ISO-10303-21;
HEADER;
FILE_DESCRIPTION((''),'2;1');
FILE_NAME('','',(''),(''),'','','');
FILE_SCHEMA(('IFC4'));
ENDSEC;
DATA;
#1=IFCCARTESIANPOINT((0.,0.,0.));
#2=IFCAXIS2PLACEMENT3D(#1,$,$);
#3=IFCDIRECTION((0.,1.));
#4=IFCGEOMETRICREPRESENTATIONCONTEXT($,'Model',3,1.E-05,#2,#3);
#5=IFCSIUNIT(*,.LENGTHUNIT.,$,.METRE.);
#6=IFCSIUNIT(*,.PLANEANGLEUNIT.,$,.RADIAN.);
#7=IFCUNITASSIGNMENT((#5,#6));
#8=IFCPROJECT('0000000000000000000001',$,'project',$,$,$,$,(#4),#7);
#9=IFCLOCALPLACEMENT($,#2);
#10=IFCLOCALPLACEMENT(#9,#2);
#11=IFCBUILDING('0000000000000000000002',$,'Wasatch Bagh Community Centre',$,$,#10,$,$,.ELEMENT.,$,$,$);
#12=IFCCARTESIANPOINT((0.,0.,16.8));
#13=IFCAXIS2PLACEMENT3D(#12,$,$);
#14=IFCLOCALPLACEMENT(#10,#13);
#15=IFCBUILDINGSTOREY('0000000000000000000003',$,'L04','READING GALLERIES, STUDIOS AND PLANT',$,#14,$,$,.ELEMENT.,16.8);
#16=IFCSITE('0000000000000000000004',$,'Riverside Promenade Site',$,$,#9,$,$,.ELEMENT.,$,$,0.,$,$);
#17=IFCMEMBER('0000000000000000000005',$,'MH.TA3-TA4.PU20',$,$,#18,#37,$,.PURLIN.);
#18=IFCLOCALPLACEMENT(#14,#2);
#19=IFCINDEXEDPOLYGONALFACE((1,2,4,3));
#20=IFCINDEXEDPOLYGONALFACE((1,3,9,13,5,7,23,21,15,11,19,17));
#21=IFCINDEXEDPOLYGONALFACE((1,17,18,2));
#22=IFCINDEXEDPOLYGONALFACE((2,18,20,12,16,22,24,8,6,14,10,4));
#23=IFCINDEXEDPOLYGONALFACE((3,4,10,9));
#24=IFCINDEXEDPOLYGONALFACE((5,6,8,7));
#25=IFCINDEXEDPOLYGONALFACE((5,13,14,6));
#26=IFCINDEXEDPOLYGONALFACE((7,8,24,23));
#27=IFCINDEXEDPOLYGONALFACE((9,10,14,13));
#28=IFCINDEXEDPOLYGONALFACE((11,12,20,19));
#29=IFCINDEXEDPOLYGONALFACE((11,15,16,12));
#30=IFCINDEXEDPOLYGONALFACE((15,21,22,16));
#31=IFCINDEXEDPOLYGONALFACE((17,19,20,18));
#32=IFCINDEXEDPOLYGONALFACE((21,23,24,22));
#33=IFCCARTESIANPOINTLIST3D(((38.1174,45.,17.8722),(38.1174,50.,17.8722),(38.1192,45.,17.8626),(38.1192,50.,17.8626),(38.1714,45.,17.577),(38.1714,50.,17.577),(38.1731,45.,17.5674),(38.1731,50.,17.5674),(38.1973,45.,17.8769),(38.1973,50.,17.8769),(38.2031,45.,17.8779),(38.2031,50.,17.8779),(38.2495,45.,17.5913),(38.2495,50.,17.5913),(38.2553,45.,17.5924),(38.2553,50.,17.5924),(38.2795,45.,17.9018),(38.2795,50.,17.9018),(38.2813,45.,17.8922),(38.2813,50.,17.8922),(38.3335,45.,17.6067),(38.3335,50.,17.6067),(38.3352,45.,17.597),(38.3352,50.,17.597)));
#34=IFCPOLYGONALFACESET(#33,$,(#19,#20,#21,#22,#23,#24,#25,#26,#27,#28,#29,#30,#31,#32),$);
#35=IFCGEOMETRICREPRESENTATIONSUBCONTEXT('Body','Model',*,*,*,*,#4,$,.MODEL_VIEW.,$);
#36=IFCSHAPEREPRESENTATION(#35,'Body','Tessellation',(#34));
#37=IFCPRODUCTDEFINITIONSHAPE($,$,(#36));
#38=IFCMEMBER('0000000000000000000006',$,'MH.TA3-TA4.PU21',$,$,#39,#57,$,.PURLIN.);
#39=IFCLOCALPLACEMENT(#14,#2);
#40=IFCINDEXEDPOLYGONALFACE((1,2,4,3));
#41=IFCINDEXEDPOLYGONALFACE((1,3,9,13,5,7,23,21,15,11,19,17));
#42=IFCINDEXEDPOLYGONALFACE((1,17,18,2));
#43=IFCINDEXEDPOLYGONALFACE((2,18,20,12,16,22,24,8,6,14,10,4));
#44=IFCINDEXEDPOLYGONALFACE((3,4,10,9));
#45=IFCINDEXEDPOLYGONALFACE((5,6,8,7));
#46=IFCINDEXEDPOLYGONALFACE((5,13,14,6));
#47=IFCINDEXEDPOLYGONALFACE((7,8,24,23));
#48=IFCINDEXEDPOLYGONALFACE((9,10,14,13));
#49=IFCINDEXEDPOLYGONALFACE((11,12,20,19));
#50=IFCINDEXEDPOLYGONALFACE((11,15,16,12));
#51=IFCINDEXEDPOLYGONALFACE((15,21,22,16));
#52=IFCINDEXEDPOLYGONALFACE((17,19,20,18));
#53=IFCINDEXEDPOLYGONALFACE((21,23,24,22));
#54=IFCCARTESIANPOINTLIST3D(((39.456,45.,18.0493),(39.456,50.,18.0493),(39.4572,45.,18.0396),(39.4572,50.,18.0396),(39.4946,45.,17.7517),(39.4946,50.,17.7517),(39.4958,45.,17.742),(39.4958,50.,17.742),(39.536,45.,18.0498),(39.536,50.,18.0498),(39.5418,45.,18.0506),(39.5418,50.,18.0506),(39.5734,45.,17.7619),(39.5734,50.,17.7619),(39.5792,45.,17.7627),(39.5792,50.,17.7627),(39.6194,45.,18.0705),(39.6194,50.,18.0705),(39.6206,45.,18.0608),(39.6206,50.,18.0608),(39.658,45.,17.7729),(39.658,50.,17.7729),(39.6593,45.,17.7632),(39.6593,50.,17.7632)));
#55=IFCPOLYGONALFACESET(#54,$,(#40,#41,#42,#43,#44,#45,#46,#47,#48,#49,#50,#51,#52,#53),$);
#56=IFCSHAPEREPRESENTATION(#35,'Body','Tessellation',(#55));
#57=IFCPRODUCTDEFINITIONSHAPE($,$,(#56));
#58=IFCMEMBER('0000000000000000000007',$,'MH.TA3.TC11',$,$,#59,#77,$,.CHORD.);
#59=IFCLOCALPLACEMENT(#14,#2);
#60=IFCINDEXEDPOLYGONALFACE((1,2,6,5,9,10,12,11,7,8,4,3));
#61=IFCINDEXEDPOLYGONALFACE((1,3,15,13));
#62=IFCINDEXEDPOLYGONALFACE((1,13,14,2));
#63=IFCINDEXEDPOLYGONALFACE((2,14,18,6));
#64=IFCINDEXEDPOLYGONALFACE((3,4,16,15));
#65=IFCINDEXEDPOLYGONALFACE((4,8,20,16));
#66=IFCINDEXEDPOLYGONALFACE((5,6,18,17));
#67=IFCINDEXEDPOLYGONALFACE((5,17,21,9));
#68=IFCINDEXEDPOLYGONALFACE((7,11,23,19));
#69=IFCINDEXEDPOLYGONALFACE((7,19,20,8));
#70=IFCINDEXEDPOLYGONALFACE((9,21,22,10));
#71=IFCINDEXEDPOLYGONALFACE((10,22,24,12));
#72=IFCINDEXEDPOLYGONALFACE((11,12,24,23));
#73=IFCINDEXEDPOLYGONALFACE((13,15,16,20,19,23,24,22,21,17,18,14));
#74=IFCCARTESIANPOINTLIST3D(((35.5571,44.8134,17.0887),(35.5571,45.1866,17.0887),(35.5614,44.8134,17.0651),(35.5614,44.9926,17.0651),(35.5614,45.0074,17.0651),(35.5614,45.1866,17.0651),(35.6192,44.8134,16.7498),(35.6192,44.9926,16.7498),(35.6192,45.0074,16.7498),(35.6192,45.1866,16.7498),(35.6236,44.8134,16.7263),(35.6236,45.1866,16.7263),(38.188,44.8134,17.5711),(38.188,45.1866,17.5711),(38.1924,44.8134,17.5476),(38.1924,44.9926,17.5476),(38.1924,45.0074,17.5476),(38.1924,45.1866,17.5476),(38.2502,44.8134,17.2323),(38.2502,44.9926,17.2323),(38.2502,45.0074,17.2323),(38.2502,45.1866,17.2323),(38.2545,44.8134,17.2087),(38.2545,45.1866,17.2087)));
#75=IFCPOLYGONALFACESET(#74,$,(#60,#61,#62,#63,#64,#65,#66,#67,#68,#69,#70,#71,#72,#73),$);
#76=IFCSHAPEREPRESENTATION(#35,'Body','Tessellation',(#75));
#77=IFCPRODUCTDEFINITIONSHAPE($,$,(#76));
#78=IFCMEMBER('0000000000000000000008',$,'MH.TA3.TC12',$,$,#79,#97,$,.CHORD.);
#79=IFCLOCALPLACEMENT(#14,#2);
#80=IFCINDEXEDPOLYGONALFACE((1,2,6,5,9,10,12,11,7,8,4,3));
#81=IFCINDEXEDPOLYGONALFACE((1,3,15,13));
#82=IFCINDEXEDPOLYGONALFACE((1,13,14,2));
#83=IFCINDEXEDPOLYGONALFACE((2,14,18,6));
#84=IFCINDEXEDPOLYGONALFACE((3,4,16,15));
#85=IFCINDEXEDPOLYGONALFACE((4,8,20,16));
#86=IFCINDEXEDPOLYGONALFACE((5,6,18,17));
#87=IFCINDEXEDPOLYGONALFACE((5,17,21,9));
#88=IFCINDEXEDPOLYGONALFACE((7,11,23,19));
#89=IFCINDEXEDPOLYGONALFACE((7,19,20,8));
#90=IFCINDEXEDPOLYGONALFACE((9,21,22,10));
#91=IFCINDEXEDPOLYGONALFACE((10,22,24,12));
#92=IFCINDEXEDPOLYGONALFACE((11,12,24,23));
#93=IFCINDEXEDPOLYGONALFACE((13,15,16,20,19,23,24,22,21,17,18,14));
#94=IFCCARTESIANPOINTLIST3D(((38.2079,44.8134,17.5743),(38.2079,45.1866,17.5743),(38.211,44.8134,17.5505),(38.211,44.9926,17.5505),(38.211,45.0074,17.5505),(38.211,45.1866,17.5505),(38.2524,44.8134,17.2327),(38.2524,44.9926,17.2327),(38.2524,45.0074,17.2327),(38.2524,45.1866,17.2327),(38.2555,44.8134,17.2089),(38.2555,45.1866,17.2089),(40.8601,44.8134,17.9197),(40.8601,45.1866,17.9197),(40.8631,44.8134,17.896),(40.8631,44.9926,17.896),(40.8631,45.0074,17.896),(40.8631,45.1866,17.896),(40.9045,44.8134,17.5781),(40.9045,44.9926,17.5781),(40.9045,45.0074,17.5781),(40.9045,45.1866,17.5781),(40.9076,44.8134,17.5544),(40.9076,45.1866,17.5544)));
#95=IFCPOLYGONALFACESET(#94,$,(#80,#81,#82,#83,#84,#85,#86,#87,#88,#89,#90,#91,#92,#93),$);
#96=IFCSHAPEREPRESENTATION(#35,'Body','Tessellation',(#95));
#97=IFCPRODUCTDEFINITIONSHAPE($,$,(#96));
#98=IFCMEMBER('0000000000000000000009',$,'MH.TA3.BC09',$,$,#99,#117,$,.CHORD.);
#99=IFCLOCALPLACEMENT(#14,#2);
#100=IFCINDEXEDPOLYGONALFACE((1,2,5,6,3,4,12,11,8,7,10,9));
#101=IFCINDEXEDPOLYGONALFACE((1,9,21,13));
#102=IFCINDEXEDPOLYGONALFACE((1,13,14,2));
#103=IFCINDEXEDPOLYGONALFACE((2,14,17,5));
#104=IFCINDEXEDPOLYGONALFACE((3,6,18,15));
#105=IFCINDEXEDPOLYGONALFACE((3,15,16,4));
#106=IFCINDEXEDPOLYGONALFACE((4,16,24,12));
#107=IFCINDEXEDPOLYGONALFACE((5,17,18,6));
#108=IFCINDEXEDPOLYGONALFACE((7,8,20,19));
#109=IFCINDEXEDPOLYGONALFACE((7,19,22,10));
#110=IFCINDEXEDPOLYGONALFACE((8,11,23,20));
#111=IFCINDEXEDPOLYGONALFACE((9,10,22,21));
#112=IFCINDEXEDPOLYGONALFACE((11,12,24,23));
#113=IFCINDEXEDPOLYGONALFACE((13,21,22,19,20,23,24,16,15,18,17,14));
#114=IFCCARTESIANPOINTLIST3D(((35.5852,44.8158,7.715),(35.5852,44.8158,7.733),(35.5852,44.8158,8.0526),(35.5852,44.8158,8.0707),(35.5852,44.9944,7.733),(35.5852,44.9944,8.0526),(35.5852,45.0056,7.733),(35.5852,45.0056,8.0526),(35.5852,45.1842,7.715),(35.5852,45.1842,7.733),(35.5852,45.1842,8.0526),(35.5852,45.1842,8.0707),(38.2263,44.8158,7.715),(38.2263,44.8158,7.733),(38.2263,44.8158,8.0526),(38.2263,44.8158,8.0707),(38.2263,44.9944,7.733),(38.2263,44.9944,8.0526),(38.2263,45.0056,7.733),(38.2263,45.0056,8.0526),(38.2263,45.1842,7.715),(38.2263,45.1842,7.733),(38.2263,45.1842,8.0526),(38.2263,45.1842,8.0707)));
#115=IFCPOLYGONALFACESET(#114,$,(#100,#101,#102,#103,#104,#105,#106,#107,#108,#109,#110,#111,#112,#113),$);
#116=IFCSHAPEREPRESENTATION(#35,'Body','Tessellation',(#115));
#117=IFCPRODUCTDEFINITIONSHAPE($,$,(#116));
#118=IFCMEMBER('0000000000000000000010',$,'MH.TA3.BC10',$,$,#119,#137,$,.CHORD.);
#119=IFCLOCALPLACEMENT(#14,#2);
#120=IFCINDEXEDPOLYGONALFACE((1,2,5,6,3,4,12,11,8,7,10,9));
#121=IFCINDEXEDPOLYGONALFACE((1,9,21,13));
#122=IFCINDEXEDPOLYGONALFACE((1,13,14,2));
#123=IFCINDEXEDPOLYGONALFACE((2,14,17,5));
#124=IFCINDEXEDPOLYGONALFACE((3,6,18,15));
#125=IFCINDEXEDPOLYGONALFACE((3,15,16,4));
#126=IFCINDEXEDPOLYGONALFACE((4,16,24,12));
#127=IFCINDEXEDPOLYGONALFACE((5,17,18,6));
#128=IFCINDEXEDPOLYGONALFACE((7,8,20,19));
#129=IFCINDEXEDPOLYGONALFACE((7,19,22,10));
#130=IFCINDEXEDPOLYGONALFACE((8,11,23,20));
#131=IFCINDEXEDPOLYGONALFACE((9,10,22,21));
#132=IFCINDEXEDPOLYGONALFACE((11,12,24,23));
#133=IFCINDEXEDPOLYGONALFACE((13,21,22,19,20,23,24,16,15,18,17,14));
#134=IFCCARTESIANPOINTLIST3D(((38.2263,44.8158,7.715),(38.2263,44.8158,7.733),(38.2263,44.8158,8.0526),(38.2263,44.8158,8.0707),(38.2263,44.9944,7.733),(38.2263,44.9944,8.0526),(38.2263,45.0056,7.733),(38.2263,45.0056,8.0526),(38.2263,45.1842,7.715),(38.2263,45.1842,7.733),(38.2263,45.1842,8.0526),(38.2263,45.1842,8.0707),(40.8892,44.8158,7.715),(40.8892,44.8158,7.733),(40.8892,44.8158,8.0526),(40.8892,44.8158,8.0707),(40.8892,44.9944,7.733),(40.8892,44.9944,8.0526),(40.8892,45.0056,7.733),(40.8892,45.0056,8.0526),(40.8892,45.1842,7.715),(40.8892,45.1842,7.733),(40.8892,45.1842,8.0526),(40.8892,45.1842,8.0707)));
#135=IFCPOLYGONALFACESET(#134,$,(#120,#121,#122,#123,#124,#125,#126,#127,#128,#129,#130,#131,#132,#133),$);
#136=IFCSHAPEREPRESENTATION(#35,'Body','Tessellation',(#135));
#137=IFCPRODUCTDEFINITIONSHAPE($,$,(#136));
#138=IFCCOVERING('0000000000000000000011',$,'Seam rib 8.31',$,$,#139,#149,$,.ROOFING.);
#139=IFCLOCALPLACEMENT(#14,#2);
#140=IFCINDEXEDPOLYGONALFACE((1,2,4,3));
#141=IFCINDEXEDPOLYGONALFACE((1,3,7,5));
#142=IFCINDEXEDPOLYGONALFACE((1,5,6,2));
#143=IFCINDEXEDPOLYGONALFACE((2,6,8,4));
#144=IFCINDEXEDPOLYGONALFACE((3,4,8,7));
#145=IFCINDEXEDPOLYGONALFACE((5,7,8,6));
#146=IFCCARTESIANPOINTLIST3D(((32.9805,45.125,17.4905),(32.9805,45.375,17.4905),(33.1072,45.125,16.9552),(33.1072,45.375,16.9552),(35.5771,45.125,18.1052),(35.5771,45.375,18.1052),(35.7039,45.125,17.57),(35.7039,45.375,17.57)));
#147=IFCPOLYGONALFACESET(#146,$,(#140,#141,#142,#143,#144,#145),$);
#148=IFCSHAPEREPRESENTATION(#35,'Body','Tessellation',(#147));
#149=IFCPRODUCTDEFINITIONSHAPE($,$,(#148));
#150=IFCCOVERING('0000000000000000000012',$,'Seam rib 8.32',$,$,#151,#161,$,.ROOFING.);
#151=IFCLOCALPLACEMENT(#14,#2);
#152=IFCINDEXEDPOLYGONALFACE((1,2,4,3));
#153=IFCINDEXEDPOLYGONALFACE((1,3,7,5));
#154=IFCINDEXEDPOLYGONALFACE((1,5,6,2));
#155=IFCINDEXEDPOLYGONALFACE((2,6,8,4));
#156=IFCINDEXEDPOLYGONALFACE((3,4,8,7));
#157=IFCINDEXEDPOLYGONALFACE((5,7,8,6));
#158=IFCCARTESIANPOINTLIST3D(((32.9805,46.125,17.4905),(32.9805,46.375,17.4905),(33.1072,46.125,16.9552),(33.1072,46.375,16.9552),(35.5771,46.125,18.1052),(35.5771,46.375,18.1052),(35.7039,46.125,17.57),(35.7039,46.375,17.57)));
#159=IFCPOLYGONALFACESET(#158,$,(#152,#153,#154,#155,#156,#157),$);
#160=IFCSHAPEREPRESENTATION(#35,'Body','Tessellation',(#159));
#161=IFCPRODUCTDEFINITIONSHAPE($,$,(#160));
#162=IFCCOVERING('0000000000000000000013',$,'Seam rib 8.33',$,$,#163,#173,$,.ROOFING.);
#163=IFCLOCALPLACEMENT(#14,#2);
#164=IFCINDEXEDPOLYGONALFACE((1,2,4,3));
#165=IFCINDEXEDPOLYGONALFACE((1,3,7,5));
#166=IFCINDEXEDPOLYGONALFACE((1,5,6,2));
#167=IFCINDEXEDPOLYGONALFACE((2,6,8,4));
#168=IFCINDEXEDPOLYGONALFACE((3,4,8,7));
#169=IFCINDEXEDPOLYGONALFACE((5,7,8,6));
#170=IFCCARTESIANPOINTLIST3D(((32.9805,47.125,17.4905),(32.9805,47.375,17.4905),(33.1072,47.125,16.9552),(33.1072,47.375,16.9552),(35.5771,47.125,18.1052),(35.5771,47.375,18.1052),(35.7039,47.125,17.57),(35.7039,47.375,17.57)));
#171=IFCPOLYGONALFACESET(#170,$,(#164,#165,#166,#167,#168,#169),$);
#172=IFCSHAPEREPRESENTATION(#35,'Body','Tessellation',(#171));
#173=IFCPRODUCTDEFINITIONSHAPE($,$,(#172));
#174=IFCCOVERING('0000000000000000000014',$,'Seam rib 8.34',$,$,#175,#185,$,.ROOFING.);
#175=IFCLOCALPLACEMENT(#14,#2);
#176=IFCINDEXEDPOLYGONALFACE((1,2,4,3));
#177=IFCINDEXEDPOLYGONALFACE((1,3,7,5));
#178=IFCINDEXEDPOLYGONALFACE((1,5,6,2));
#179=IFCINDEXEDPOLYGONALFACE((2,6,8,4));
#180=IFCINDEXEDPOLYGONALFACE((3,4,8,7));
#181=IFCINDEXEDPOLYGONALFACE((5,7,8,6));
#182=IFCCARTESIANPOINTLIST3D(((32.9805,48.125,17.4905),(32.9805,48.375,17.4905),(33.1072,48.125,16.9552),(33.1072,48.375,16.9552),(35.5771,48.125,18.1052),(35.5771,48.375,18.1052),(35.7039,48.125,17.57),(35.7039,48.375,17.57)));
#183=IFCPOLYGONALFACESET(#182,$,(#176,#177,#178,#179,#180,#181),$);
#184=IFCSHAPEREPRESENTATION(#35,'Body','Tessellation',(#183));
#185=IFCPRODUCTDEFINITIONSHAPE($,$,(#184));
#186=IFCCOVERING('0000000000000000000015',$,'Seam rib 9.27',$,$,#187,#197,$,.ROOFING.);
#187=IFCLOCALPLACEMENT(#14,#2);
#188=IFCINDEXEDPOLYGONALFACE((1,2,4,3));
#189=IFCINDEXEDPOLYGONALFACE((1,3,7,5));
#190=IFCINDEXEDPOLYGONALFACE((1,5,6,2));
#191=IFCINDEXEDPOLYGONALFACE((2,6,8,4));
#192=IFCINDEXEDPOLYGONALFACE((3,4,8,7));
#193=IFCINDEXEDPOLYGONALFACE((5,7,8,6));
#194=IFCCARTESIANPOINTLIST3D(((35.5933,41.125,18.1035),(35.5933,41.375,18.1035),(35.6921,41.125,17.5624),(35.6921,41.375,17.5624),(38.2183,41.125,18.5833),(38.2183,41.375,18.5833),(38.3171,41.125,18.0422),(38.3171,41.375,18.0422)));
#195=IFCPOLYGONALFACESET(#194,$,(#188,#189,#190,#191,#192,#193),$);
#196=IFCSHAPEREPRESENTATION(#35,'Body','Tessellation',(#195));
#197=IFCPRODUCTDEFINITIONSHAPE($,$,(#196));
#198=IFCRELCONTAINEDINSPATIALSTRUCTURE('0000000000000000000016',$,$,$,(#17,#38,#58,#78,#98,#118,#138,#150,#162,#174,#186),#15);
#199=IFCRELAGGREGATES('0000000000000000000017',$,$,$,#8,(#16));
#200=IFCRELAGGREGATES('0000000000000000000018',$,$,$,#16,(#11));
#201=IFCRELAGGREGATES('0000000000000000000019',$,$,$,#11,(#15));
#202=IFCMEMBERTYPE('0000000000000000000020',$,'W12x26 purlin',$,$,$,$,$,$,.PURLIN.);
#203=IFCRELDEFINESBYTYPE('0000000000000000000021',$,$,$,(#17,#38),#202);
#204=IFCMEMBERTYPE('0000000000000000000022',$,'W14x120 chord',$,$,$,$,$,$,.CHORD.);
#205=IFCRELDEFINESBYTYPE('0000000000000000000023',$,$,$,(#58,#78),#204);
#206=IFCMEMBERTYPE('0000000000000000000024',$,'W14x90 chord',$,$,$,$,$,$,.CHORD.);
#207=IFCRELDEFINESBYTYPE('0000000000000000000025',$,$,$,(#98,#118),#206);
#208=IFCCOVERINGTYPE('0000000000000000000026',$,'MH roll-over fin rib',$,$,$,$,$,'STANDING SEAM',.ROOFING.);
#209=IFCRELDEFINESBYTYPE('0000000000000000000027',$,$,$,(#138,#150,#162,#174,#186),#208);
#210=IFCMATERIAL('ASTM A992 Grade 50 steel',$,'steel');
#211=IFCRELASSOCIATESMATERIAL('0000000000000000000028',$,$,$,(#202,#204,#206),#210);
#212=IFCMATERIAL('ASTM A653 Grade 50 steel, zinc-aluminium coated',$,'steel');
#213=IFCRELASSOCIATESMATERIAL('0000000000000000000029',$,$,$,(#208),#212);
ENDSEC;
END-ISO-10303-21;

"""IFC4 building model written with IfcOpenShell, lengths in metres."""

from ifc_helpers import new_model, si_unit, direction, frame, origin, origin_2d, place, context, subcontext, project, spatial, polyline, i_section, outline, extrude, material, material_profile, profile_set, type_object, element, save


model = new_model("IFC4")

# Units and contexts
model_context = context("Model", 3, precision=1e-05, world=origin(), true_north=direction((0.0, 1.0)))
body_context = subcontext(model_context, "Body", "Model", "MODEL_VIEW")
ifc_project = project(units=[si_unit("LENGTHUNIT", "METRE"), si_unit("PLANEANGLEUNIT", "RADIAN")], contexts=[model_context])

# Site, building, storey
site_placement = place(None, origin())
site = spatial("IfcSite", under=ifc_project, at=site_placement, Name="Riverside Promenade Site", CompositionType="ELEMENT", RefElevation=0.0)
building_placement = place(site_placement, origin())
building = spatial("IfcBuilding", under=site, at=building_placement, Name="Wasatch Bagh Community Centre", CompositionType="ELEMENT")
storey_placement = place(building_placement, frame((0.0, 0.0, 16.8)))
storey = spatial("IfcBuildingStorey", under=building, at=storey_placement, Name="L04", Description="READING GALLERIES, STUDIOS AND PLANT", CompositionType="ELEMENT", Elevation=16.8)

# Members
ifc_material_1 = material(Name="ASTM A992 Grade 50 steel", Category="steel")
ifc_material_profile_1 = material_profile(ifc_material_1, i_section(OverallWidth=0.1648, OverallDepth=0.3098, WebThickness=0.0059, FlangeThickness=0.0098, at=origin_2d()), Name="W12x26")
ifc_profile_set_1 = profile_set([ifc_material_profile_1], Name="ASTM A992 Grade 50 steel")
member_type_1 = type_object("IfcMemberType", Name="W12x26 purlin", PredefinedType="PURLIN", material=ifc_profile_set_1)
for number, where, z_axis, x_axis, name in (
    (1, (38.2263, 45.0, 17.7346), (0.0, 1.0, 0.0), (-0.983711, 0.0, -0.179756), "MH.TA3-TA4.PU20"),
    (2, (39.5576, 45.0, 17.9062), (0.0, 1.0, 0.0), (-0.991678, 0.0, -0.12874), "MH.TA3-TA4.PU21"),
):
    element("IfcMember", number, at=place(storey_placement, frame(where, z_axis=z_axis, x_axis=x_axis)), inside=storey, type_object=member_type_1, Name=name, PredefinedType="PURLIN", context=body_context, shape_type="SweptSolid", body=[
        extrude(i_section(OverallWidth=0.1648, OverallDepth=0.3098, WebThickness=0.0059, FlangeThickness=0.0098, at=origin_2d()), origin(), (0.0, 0.0, 1.0), 5.0),
    ])
ifc_material_profile_2 = material_profile(ifc_material_1, i_section(OverallWidth=0.3733, OverallDepth=0.3684, WebThickness=0.0149, FlangeThickness=0.0239, at=origin_2d()), Name="W14x120")
ifc_profile_set_2 = profile_set([ifc_material_profile_2], Name="ASTM A992 Grade 50 steel")
member_type_2 = type_object("IfcMemberType", Name="W14x120 chord", PredefinedType="CHORD", material=ifc_profile_set_2)
member_1_placement = place(storey_placement, frame((35.5903, 45.0, 16.9075), z_axis=(0.9836, 0.0, 0.180363), x_axis=(0.0, 1.0, 0.0)))
element("IfcMember", 3, at=member_1_placement, inside=storey, type_object=member_type_2, Name="MH.TA3.TC11", PredefinedType="CHORD", context=body_context, shape_type="SweptSolid", body=[
    extrude(i_section(OverallWidth=0.3733, OverallDepth=0.3684, WebThickness=0.0149, FlangeThickness=0.0239, at=origin_2d()), origin(), (0.0, 0.0, 1.0), 2.6748),
])
member_2_placement = place(storey_placement, frame((38.2317, 45.0, 17.3916), z_axis=(0.991623, 0.0, 0.129167), x_axis=(0.0, 1.0, 0.0)))
element("IfcMember", 4, at=member_2_placement, inside=storey, type_object=member_type_2, Name="MH.TA3.TC12", PredefinedType="CHORD", context=body_context, shape_type="SweptSolid", body=[
    extrude(i_section(OverallWidth=0.3733, OverallDepth=0.3684, WebThickness=0.0149, FlangeThickness=0.0239, at=origin_2d()), origin(), (0.0, 0.0, 1.0), 2.6746),
])
ifc_material_profile_3 = material_profile(ifc_material_1, i_section(OverallWidth=0.3684, OverallDepth=0.3557, WebThickness=0.0112, FlangeThickness=0.0181, at=origin_2d()), Name="W14x90")
ifc_profile_set_3 = profile_set([ifc_material_profile_3], Name="ASTM A992 Grade 50 steel")
member_type_3 = type_object("IfcMemberType", Name="W14x90 chord", PredefinedType="CHORD", material=ifc_profile_set_3)
member_3_placement = place(storey_placement, frame((35.5852, 45.0, 7.8928), z_axis=(1.0, 0.0, 0.0), x_axis=(0.0, 1.0, 0.0)))
element("IfcMember", 5, at=member_3_placement, inside=storey, type_object=member_type_3, Name="MH.TA3.BC09", PredefinedType="CHORD", context=body_context, shape_type="SweptSolid", body=[
    extrude(i_section(OverallWidth=0.3684, OverallDepth=0.3557, WebThickness=0.0112, FlangeThickness=0.0181, at=origin_2d()), origin(), (0.0, 0.0, 1.0), 2.6411),
])
member_4_placement = place(storey_placement, frame((38.2263, 45.0, 7.8928), z_axis=(1.0, 0.0, 0.0), x_axis=(0.0, 1.0, 0.0)))
element("IfcMember", 6, at=member_4_placement, inside=storey, type_object=member_type_3, Name="MH.TA3.BC10", PredefinedType="CHORD", context=body_context, shape_type="SweptSolid", body=[
    extrude(i_section(OverallWidth=0.3684, OverallDepth=0.3557, WebThickness=0.0112, FlangeThickness=0.0181, at=origin_2d()), origin(), (0.0, 0.0, 1.0), 2.6628),
])

# Coverings
ifc_material_2 = material(Name="ASTM A653 Grade 50 steel, zinc-aluminium coated", Category="steel")
covering_type = type_object("IfcCoveringType", Name="MH roll-over fin rib", ElementType="STANDING SEAM", PredefinedType="ROOFING", material=ifc_material_2)
for number, where, z_axis, x_axis, name in (
    (7, (32.9805, 45.125, 17.4905), (-0.230375, 0.0, 0.973102), (0.973102, 0.0, 0.230375), "Seam rib 8.31"),
    (8, (32.9805, 46.125, 17.4905), (-0.230375, 0.0, 0.973102), (0.973102, 0.0, 0.230375), "Seam rib 8.32"),
    (9, (32.9805, 47.125, 17.4905), (-0.230375, 0.0, 0.973102), (0.973102, 0.0, 0.230375), "Seam rib 8.33"),
    (10, (32.9805, 48.125, 17.4905), (-0.230375, 0.0, 0.973102), (0.973102, 0.0, 0.230375), "Seam rib 8.34"),
):
    element("IfcCovering", number, at=place(storey_placement, frame(where, z_axis=z_axis, x_axis=x_axis)), inside=storey, type_object=covering_type, Name=name, PredefinedType="ROOFING", context=body_context, shape_type="SweptSolid", body=[
        extrude(outline(polyline([(0.0, 0.0), (2.6685, 0.0), (2.6685, 0.25), (0.0, 0.25), (0.0, 0.0)])), origin(), (0.0, 0.0, -1.0), 0.55),
    ])
for number, where, z_axis, x_axis, name in (
    (11, (35.5933, 41.125, 18.1035), (-0.179779, 0.0, 0.983707), (0.983707, 0.0, 0.179779), "Seam rib 9.27"),
):
    element("IfcCovering", number, at=place(storey_placement, frame(where, z_axis=z_axis, x_axis=x_axis)), inside=storey, type_object=covering_type, Name=name, PredefinedType="ROOFING", context=body_context, shape_type="SweptSolid", body=[
        extrude(outline(polyline([(0.0, 0.0), (2.6685, 0.0), (2.6685, 0.25), (0.0, 0.25), (0.0, 0.0)])), origin(), (0.0, 0.0, -1.0), 0.55),
    ])

save(model, "model.ifc")
